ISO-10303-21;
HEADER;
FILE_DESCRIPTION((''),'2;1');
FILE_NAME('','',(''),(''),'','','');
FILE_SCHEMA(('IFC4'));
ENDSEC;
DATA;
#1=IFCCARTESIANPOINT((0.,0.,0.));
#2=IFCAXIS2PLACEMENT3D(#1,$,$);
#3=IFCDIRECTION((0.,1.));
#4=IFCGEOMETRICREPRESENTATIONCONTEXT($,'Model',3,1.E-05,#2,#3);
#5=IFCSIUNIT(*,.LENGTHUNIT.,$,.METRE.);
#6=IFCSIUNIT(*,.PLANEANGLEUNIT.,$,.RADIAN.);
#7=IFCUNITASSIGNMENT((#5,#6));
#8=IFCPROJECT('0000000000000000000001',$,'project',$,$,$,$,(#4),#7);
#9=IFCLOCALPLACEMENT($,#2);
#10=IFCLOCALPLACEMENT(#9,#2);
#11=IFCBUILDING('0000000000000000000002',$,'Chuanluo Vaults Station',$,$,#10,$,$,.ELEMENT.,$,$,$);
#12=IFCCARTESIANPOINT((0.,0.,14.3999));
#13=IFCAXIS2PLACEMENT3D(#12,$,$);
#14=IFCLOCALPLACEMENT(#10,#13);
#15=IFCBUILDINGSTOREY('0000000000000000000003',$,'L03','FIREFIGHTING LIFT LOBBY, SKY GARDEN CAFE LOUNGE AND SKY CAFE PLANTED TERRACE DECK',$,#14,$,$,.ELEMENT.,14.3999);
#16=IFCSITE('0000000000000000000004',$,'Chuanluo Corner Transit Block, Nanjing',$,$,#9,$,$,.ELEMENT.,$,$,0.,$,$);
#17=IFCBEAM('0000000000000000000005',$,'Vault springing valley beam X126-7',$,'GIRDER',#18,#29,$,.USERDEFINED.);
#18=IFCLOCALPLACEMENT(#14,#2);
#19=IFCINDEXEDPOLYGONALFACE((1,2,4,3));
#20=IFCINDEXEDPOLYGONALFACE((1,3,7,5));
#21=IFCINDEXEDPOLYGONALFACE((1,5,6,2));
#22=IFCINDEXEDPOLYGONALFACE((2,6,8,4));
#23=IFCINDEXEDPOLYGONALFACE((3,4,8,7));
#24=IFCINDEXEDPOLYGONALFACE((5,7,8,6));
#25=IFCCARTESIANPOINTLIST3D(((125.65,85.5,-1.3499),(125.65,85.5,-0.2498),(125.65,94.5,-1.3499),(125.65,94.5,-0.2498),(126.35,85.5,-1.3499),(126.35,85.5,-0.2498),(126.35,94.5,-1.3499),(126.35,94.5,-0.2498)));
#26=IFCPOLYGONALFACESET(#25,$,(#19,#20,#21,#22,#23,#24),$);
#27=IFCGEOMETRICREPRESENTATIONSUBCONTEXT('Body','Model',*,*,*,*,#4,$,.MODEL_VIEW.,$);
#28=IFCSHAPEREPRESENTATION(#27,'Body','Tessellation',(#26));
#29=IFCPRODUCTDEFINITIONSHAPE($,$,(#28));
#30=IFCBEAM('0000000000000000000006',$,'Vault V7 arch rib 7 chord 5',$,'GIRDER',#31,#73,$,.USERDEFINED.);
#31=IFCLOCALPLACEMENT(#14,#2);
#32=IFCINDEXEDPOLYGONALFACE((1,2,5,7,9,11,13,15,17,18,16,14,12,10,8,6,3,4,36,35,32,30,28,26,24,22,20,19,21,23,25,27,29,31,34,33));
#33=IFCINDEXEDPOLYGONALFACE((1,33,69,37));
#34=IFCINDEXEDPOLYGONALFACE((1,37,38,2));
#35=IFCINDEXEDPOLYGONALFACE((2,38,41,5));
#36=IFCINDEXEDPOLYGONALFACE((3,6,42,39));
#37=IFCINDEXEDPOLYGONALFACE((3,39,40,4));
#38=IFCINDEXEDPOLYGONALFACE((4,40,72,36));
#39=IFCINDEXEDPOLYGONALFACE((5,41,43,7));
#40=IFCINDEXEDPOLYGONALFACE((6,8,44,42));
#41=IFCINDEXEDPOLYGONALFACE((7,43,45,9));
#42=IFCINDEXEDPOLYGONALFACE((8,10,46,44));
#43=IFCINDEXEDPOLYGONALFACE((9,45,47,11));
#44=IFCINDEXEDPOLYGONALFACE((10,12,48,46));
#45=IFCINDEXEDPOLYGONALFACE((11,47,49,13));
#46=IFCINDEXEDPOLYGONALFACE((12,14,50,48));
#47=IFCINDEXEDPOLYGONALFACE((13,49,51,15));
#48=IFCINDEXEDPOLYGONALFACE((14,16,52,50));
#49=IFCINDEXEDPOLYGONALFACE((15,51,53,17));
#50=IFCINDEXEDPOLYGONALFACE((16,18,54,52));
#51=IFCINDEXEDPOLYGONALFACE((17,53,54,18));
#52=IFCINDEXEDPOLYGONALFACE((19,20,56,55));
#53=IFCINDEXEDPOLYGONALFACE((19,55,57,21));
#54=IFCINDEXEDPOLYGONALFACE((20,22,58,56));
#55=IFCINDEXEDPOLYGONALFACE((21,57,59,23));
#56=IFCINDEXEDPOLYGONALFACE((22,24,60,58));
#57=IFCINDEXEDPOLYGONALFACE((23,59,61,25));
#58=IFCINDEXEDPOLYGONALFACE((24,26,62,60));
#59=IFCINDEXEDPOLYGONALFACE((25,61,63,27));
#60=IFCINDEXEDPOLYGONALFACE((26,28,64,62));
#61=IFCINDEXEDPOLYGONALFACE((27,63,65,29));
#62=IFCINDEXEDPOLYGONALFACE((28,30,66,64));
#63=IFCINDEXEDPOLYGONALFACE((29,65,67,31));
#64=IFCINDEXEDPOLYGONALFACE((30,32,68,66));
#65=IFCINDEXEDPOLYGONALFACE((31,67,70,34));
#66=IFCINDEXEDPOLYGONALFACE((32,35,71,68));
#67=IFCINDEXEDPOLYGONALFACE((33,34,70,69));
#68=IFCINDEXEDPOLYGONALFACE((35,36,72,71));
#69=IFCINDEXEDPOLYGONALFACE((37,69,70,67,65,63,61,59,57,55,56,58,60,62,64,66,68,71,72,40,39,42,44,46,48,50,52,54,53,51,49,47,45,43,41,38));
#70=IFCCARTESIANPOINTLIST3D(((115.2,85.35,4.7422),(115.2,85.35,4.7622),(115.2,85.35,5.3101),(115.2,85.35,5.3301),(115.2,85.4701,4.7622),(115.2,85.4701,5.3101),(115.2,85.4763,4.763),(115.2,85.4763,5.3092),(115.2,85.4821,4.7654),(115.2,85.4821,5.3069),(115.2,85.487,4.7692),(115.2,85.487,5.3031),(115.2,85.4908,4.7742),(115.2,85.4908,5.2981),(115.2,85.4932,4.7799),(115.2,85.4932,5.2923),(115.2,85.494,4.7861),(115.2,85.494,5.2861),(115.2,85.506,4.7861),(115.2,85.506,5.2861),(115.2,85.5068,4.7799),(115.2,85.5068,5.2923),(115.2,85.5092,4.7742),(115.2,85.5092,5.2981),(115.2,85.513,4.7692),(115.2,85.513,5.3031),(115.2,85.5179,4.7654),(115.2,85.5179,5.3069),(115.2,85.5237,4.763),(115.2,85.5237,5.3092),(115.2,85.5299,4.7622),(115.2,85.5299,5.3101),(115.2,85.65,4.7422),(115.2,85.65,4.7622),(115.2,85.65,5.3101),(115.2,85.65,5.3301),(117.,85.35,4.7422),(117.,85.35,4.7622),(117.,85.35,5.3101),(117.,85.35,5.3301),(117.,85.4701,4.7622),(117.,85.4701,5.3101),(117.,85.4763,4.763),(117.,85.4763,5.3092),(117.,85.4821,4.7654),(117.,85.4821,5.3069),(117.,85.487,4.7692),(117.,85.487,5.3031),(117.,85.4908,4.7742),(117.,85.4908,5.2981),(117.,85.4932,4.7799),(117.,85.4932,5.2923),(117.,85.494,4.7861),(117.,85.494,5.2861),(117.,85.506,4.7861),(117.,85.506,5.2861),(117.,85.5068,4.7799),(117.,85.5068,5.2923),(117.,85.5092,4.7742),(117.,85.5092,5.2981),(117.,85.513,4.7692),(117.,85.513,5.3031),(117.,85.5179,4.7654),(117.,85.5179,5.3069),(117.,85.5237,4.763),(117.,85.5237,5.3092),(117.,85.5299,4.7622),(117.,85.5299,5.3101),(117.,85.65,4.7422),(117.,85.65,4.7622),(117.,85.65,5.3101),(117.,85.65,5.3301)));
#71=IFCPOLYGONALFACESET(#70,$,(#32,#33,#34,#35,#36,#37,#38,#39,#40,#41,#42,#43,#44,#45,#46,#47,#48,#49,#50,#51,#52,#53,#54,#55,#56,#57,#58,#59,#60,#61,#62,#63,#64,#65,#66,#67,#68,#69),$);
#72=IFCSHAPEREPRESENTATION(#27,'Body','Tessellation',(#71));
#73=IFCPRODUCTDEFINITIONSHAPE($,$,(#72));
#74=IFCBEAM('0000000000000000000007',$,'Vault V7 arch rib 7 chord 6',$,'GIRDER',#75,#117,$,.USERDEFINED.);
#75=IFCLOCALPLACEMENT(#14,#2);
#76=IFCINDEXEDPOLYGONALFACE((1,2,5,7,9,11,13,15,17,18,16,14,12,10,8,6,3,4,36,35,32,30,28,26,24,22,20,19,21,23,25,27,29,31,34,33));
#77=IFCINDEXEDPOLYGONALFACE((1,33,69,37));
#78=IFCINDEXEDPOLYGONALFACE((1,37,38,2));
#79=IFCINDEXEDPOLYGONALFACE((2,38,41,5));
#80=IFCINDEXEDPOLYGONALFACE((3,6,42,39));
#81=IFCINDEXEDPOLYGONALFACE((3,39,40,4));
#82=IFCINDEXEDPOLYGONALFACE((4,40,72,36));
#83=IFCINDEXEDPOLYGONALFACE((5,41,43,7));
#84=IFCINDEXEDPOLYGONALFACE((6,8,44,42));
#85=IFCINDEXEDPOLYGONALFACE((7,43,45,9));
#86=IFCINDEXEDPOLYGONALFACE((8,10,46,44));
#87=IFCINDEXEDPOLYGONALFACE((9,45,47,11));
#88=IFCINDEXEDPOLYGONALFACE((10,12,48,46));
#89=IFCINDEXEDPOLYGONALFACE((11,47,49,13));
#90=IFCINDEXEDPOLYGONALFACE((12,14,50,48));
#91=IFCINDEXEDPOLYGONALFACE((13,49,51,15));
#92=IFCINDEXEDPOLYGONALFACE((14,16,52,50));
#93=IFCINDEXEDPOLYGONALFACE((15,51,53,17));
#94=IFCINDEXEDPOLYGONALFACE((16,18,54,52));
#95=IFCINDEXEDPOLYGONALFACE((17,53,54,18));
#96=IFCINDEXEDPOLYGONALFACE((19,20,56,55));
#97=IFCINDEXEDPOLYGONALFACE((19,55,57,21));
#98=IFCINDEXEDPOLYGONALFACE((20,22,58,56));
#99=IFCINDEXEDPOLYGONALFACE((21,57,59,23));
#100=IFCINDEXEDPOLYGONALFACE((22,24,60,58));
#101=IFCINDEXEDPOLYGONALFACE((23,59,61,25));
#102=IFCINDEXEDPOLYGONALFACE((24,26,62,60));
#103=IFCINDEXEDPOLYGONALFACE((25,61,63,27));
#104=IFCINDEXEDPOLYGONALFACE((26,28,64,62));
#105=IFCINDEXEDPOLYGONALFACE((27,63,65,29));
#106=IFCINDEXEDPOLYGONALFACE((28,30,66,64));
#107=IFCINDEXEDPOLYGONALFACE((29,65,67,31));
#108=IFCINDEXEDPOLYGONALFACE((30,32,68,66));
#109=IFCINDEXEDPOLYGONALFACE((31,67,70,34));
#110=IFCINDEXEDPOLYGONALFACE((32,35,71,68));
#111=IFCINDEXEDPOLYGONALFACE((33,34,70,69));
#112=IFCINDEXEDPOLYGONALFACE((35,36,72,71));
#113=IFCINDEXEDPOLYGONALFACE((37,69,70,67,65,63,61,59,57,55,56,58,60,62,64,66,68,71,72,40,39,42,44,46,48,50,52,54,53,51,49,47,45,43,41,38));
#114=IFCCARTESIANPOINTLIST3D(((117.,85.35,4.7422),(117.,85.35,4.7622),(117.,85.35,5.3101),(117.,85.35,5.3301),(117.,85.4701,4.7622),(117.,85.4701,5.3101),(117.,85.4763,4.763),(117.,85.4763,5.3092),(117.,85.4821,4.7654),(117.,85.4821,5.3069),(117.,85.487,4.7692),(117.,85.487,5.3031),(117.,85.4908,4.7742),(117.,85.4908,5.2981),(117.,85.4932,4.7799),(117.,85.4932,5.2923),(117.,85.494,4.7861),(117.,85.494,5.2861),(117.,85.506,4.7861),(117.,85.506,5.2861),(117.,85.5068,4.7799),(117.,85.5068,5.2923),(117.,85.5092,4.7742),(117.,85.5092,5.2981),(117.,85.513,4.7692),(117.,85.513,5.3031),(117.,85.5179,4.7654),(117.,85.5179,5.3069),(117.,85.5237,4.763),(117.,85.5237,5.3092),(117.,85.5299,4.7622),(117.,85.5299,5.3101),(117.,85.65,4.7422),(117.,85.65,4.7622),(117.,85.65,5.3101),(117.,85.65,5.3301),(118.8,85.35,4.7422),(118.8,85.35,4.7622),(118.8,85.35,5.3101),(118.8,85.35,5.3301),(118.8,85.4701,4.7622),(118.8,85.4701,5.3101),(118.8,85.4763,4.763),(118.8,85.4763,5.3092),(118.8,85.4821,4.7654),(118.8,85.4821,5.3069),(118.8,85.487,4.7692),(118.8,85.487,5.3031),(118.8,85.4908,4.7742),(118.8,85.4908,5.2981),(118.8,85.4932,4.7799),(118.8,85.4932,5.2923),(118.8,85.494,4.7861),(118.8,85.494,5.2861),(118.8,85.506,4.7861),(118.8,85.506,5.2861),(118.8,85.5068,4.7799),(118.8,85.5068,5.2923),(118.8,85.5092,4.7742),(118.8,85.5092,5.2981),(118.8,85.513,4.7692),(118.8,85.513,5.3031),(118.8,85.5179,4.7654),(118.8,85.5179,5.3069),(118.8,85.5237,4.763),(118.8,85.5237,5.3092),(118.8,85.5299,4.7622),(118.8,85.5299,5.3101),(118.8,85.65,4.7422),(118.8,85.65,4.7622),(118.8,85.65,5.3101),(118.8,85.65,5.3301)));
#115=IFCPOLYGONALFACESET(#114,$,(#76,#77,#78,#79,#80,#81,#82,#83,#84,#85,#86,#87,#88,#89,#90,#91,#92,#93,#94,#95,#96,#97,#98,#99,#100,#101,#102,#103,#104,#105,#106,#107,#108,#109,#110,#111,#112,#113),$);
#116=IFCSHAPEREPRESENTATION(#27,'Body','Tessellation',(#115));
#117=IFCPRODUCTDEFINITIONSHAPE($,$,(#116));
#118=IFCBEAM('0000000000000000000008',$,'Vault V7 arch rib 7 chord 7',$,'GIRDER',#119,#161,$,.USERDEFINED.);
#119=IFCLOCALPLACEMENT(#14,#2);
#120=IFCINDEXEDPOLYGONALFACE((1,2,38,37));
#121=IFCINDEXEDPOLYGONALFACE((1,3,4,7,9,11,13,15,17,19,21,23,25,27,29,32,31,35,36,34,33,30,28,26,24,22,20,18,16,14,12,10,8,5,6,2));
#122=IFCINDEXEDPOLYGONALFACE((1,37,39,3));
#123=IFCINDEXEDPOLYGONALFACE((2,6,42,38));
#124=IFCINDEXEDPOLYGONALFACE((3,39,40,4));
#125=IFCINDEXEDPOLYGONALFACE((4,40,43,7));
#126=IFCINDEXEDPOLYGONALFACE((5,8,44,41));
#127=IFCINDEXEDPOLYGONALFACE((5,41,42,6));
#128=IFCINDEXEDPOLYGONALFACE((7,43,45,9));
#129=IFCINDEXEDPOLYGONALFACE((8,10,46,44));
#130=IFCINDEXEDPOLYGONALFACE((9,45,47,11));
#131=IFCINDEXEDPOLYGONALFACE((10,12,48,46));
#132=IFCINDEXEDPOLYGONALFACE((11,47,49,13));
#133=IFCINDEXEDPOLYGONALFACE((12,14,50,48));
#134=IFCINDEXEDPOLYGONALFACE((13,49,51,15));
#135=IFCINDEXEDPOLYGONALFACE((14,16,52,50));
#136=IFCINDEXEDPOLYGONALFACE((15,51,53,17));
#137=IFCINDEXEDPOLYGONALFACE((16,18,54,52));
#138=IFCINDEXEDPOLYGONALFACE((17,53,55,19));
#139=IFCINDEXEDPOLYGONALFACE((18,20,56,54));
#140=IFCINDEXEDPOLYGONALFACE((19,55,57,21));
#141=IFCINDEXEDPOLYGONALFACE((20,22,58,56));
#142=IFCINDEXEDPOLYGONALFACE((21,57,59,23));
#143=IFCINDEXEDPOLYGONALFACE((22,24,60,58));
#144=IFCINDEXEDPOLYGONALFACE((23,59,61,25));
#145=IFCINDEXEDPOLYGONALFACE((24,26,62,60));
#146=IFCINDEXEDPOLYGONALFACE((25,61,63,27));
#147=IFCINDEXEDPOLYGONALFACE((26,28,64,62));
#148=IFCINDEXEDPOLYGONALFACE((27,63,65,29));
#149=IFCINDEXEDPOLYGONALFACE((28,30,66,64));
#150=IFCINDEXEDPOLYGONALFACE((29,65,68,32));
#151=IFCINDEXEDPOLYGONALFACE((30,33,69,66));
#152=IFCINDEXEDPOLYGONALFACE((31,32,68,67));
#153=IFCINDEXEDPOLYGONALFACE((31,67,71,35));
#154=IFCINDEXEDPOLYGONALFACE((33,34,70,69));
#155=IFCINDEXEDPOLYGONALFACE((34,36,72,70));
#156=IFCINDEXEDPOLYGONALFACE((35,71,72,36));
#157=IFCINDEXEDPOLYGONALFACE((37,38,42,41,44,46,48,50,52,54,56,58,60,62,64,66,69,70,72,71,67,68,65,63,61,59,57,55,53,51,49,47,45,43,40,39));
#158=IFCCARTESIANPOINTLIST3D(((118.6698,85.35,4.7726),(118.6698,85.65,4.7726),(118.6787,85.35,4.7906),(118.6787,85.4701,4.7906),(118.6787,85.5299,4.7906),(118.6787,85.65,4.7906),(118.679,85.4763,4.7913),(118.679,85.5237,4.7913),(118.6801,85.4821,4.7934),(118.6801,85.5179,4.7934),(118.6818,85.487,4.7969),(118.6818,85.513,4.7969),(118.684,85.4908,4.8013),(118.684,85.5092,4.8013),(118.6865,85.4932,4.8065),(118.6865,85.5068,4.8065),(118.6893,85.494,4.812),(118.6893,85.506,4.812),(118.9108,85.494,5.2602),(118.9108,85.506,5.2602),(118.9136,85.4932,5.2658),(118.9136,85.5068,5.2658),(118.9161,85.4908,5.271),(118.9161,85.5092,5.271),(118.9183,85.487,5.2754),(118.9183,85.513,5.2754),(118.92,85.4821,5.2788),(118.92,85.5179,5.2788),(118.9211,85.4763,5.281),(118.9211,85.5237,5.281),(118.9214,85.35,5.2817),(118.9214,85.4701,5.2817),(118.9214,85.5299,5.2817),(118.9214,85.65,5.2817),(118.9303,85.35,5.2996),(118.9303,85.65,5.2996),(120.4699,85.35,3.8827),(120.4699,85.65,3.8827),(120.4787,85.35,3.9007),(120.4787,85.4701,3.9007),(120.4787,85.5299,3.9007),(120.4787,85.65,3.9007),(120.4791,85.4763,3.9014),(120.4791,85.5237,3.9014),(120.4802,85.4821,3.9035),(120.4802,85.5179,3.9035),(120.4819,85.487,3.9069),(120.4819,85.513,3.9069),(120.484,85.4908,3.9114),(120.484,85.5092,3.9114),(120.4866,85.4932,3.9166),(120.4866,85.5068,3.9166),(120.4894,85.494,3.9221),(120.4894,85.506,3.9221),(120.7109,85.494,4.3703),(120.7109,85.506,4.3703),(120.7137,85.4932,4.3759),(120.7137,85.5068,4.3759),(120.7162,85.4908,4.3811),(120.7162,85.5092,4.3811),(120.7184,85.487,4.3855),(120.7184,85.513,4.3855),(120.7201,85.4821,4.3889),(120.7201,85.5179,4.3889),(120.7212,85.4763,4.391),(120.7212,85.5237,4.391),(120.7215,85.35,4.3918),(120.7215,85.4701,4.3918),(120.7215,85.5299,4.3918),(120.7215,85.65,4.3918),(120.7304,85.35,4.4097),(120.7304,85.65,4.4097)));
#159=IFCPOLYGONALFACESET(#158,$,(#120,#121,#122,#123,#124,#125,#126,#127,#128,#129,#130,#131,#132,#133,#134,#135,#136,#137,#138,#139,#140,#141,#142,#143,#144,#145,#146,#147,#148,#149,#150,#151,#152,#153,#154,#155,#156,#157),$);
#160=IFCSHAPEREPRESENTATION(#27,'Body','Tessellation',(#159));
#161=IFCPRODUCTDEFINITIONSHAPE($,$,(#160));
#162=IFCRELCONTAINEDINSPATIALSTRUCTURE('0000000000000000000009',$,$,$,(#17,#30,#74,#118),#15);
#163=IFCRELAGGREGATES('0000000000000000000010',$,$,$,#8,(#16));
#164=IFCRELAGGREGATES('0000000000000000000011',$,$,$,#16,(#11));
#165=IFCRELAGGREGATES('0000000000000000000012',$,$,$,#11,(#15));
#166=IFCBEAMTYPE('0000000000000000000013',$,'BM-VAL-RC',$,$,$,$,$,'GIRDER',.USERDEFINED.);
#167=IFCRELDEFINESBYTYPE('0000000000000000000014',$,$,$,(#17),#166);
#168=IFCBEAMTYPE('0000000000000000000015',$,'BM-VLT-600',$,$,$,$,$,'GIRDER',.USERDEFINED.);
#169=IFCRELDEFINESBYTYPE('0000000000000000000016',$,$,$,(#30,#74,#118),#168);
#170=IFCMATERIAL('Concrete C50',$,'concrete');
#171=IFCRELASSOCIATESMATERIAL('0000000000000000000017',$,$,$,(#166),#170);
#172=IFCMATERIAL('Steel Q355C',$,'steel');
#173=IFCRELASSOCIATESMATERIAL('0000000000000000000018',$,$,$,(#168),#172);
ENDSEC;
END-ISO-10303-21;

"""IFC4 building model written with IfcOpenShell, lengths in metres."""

from ifc_helpers import new_model, si_unit, direction, frame, origin, origin_2d, place, context, subcontext, project, spatial, rectangle, i_section, extrude, material, material_profile, profile_set, type_object, element, save


model = new_model("IFC4")

# Units and contexts
model_context = context("Model", 3, precision=1e-05, world=origin(), true_north=direction((0.0, 1.0)))
body_context = subcontext(model_context, "Body", "Model", "MODEL_VIEW")
ifc_project = project(units=[si_unit("LENGTHUNIT", "METRE"), si_unit("PLANEANGLEUNIT", "RADIAN")], contexts=[model_context])

# Site, building, storey
site_placement = place(None, origin())
site = spatial("IfcSite", under=ifc_project, at=site_placement, Name="Chuanluo Corner Transit Block, Nanjing", CompositionType="ELEMENT", RefElevation=0.0)
building_placement = place(site_placement, origin())
building = spatial("IfcBuilding", under=site, at=building_placement, Name="Chuanluo Vaults Station", CompositionType="ELEMENT")
storey_placement = place(building_placement, frame((0.0, 0.0, 14.3999)))
storey = spatial("IfcBuildingStorey", under=building, at=storey_placement, Name="L03", Description="FIREFIGHTING LIFT LOBBY, SKY GARDEN CAFE LOUNGE AND SKY CAFE PLANTED TERRACE DECK", CompositionType="ELEMENT", Elevation=14.3999)

# Beams
ifc_material_1 = material(Name="Concrete C50", Category="concrete")
ifc_material_profile_1 = material_profile(ifc_material_1, rectangle(XDim=0.7, YDim=1.1001, at=origin_2d()))
ifc_profile_set_1 = profile_set([ifc_material_profile_1], Name="Concrete C50")
beam_type_1 = type_object("IfcBeamType", Name="BM-VAL-RC", ElementType="GIRDER", PredefinedType="USERDEFINED", material=ifc_profile_set_1)
beam_1_placement = place(storey_placement, frame((126.0, 85.5, -0.7998), z_axis=(0.0, 1.0, 0.0), x_axis=(-1.0, 0.0, 0.0)))
element("IfcBeam", 1, at=beam_1_placement, inside=storey, type_object=beam_type_1, Name="Vault springing valley beam X126-7", ObjectType="GIRDER", PredefinedType="USERDEFINED", context=body_context, shape_type="SweptSolid", body=[
    extrude(rectangle(XDim=0.7, YDim=1.1001, at=origin_2d()), origin(), (0.0, 0.0, 1.0), 9.0),
])
ifc_material_2 = material(Name="Steel Q355C", Category="steel")
ifc_material_profile_2 = material_profile(ifc_material_2, i_section(OverallWidth=0.3, OverallDepth=0.5879, WebThickness=0.012, FlangeThickness=0.02, FilletRadius=0.0239, at=origin_2d()))
ifc_profile_set_2 = profile_set([ifc_material_profile_2], Name="Steel Q355C")
beam_type_2 = type_object("IfcBeamType", Name="BM-VLT-600", ElementType="GIRDER", PredefinedType="USERDEFINED", material=ifc_profile_set_2)
for number, where, z_axis, x_axis, name in (
    (2, (115.2, 85.5, 5.0361), (1.0, 0.0, 0.0), (0.0, 1.0, 0.0), "Vault V7 arch rib 7 chord 5"),
    (3, (117.0, 85.5, 5.0361), (1.0, 0.0, 0.0), (0.0, 1.0, 0.0), "Vault V7 arch rib 7 chord 6"),
):
    element("IfcBeam", number, at=place(storey_placement, frame(where, z_axis=z_axis, x_axis=x_axis)), inside=storey, type_object=beam_type_2, Name=name, ObjectType="GIRDER", PredefinedType="USERDEFINED", context=body_context, shape_type="SweptSolid", body=[
        extrude(i_section(OverallWidth=0.3, OverallDepth=0.5879, WebThickness=0.012, FlangeThickness=0.02, FilletRadius=0.0239, at=origin_2d()), origin(), (0.0, 0.0, 1.0), 1.8),
    ])
beam_2_placement = place(storey_placement, frame((118.8, 85.5, 5.0361), z_axis=(0.896436, 0.0, -0.443172), x_axis=(0.0, 1.0, 0.0)))
element("IfcBeam", 4, at=beam_2_placement, inside=storey, type_object=beam_type_2, Name="Vault V7 arch rib 7 chord 7", ObjectType="GIRDER", PredefinedType="USERDEFINED", context=body_context, shape_type="SweptSolid", body=[
    extrude(i_section(OverallWidth=0.3, OverallDepth=0.5879, WebThickness=0.012, FlangeThickness=0.02, FilletRadius=0.0239, at=origin_2d()), origin(), (0.0, 0.0, 1.0), 2.0081),
])

save(model, "model.ifc")
